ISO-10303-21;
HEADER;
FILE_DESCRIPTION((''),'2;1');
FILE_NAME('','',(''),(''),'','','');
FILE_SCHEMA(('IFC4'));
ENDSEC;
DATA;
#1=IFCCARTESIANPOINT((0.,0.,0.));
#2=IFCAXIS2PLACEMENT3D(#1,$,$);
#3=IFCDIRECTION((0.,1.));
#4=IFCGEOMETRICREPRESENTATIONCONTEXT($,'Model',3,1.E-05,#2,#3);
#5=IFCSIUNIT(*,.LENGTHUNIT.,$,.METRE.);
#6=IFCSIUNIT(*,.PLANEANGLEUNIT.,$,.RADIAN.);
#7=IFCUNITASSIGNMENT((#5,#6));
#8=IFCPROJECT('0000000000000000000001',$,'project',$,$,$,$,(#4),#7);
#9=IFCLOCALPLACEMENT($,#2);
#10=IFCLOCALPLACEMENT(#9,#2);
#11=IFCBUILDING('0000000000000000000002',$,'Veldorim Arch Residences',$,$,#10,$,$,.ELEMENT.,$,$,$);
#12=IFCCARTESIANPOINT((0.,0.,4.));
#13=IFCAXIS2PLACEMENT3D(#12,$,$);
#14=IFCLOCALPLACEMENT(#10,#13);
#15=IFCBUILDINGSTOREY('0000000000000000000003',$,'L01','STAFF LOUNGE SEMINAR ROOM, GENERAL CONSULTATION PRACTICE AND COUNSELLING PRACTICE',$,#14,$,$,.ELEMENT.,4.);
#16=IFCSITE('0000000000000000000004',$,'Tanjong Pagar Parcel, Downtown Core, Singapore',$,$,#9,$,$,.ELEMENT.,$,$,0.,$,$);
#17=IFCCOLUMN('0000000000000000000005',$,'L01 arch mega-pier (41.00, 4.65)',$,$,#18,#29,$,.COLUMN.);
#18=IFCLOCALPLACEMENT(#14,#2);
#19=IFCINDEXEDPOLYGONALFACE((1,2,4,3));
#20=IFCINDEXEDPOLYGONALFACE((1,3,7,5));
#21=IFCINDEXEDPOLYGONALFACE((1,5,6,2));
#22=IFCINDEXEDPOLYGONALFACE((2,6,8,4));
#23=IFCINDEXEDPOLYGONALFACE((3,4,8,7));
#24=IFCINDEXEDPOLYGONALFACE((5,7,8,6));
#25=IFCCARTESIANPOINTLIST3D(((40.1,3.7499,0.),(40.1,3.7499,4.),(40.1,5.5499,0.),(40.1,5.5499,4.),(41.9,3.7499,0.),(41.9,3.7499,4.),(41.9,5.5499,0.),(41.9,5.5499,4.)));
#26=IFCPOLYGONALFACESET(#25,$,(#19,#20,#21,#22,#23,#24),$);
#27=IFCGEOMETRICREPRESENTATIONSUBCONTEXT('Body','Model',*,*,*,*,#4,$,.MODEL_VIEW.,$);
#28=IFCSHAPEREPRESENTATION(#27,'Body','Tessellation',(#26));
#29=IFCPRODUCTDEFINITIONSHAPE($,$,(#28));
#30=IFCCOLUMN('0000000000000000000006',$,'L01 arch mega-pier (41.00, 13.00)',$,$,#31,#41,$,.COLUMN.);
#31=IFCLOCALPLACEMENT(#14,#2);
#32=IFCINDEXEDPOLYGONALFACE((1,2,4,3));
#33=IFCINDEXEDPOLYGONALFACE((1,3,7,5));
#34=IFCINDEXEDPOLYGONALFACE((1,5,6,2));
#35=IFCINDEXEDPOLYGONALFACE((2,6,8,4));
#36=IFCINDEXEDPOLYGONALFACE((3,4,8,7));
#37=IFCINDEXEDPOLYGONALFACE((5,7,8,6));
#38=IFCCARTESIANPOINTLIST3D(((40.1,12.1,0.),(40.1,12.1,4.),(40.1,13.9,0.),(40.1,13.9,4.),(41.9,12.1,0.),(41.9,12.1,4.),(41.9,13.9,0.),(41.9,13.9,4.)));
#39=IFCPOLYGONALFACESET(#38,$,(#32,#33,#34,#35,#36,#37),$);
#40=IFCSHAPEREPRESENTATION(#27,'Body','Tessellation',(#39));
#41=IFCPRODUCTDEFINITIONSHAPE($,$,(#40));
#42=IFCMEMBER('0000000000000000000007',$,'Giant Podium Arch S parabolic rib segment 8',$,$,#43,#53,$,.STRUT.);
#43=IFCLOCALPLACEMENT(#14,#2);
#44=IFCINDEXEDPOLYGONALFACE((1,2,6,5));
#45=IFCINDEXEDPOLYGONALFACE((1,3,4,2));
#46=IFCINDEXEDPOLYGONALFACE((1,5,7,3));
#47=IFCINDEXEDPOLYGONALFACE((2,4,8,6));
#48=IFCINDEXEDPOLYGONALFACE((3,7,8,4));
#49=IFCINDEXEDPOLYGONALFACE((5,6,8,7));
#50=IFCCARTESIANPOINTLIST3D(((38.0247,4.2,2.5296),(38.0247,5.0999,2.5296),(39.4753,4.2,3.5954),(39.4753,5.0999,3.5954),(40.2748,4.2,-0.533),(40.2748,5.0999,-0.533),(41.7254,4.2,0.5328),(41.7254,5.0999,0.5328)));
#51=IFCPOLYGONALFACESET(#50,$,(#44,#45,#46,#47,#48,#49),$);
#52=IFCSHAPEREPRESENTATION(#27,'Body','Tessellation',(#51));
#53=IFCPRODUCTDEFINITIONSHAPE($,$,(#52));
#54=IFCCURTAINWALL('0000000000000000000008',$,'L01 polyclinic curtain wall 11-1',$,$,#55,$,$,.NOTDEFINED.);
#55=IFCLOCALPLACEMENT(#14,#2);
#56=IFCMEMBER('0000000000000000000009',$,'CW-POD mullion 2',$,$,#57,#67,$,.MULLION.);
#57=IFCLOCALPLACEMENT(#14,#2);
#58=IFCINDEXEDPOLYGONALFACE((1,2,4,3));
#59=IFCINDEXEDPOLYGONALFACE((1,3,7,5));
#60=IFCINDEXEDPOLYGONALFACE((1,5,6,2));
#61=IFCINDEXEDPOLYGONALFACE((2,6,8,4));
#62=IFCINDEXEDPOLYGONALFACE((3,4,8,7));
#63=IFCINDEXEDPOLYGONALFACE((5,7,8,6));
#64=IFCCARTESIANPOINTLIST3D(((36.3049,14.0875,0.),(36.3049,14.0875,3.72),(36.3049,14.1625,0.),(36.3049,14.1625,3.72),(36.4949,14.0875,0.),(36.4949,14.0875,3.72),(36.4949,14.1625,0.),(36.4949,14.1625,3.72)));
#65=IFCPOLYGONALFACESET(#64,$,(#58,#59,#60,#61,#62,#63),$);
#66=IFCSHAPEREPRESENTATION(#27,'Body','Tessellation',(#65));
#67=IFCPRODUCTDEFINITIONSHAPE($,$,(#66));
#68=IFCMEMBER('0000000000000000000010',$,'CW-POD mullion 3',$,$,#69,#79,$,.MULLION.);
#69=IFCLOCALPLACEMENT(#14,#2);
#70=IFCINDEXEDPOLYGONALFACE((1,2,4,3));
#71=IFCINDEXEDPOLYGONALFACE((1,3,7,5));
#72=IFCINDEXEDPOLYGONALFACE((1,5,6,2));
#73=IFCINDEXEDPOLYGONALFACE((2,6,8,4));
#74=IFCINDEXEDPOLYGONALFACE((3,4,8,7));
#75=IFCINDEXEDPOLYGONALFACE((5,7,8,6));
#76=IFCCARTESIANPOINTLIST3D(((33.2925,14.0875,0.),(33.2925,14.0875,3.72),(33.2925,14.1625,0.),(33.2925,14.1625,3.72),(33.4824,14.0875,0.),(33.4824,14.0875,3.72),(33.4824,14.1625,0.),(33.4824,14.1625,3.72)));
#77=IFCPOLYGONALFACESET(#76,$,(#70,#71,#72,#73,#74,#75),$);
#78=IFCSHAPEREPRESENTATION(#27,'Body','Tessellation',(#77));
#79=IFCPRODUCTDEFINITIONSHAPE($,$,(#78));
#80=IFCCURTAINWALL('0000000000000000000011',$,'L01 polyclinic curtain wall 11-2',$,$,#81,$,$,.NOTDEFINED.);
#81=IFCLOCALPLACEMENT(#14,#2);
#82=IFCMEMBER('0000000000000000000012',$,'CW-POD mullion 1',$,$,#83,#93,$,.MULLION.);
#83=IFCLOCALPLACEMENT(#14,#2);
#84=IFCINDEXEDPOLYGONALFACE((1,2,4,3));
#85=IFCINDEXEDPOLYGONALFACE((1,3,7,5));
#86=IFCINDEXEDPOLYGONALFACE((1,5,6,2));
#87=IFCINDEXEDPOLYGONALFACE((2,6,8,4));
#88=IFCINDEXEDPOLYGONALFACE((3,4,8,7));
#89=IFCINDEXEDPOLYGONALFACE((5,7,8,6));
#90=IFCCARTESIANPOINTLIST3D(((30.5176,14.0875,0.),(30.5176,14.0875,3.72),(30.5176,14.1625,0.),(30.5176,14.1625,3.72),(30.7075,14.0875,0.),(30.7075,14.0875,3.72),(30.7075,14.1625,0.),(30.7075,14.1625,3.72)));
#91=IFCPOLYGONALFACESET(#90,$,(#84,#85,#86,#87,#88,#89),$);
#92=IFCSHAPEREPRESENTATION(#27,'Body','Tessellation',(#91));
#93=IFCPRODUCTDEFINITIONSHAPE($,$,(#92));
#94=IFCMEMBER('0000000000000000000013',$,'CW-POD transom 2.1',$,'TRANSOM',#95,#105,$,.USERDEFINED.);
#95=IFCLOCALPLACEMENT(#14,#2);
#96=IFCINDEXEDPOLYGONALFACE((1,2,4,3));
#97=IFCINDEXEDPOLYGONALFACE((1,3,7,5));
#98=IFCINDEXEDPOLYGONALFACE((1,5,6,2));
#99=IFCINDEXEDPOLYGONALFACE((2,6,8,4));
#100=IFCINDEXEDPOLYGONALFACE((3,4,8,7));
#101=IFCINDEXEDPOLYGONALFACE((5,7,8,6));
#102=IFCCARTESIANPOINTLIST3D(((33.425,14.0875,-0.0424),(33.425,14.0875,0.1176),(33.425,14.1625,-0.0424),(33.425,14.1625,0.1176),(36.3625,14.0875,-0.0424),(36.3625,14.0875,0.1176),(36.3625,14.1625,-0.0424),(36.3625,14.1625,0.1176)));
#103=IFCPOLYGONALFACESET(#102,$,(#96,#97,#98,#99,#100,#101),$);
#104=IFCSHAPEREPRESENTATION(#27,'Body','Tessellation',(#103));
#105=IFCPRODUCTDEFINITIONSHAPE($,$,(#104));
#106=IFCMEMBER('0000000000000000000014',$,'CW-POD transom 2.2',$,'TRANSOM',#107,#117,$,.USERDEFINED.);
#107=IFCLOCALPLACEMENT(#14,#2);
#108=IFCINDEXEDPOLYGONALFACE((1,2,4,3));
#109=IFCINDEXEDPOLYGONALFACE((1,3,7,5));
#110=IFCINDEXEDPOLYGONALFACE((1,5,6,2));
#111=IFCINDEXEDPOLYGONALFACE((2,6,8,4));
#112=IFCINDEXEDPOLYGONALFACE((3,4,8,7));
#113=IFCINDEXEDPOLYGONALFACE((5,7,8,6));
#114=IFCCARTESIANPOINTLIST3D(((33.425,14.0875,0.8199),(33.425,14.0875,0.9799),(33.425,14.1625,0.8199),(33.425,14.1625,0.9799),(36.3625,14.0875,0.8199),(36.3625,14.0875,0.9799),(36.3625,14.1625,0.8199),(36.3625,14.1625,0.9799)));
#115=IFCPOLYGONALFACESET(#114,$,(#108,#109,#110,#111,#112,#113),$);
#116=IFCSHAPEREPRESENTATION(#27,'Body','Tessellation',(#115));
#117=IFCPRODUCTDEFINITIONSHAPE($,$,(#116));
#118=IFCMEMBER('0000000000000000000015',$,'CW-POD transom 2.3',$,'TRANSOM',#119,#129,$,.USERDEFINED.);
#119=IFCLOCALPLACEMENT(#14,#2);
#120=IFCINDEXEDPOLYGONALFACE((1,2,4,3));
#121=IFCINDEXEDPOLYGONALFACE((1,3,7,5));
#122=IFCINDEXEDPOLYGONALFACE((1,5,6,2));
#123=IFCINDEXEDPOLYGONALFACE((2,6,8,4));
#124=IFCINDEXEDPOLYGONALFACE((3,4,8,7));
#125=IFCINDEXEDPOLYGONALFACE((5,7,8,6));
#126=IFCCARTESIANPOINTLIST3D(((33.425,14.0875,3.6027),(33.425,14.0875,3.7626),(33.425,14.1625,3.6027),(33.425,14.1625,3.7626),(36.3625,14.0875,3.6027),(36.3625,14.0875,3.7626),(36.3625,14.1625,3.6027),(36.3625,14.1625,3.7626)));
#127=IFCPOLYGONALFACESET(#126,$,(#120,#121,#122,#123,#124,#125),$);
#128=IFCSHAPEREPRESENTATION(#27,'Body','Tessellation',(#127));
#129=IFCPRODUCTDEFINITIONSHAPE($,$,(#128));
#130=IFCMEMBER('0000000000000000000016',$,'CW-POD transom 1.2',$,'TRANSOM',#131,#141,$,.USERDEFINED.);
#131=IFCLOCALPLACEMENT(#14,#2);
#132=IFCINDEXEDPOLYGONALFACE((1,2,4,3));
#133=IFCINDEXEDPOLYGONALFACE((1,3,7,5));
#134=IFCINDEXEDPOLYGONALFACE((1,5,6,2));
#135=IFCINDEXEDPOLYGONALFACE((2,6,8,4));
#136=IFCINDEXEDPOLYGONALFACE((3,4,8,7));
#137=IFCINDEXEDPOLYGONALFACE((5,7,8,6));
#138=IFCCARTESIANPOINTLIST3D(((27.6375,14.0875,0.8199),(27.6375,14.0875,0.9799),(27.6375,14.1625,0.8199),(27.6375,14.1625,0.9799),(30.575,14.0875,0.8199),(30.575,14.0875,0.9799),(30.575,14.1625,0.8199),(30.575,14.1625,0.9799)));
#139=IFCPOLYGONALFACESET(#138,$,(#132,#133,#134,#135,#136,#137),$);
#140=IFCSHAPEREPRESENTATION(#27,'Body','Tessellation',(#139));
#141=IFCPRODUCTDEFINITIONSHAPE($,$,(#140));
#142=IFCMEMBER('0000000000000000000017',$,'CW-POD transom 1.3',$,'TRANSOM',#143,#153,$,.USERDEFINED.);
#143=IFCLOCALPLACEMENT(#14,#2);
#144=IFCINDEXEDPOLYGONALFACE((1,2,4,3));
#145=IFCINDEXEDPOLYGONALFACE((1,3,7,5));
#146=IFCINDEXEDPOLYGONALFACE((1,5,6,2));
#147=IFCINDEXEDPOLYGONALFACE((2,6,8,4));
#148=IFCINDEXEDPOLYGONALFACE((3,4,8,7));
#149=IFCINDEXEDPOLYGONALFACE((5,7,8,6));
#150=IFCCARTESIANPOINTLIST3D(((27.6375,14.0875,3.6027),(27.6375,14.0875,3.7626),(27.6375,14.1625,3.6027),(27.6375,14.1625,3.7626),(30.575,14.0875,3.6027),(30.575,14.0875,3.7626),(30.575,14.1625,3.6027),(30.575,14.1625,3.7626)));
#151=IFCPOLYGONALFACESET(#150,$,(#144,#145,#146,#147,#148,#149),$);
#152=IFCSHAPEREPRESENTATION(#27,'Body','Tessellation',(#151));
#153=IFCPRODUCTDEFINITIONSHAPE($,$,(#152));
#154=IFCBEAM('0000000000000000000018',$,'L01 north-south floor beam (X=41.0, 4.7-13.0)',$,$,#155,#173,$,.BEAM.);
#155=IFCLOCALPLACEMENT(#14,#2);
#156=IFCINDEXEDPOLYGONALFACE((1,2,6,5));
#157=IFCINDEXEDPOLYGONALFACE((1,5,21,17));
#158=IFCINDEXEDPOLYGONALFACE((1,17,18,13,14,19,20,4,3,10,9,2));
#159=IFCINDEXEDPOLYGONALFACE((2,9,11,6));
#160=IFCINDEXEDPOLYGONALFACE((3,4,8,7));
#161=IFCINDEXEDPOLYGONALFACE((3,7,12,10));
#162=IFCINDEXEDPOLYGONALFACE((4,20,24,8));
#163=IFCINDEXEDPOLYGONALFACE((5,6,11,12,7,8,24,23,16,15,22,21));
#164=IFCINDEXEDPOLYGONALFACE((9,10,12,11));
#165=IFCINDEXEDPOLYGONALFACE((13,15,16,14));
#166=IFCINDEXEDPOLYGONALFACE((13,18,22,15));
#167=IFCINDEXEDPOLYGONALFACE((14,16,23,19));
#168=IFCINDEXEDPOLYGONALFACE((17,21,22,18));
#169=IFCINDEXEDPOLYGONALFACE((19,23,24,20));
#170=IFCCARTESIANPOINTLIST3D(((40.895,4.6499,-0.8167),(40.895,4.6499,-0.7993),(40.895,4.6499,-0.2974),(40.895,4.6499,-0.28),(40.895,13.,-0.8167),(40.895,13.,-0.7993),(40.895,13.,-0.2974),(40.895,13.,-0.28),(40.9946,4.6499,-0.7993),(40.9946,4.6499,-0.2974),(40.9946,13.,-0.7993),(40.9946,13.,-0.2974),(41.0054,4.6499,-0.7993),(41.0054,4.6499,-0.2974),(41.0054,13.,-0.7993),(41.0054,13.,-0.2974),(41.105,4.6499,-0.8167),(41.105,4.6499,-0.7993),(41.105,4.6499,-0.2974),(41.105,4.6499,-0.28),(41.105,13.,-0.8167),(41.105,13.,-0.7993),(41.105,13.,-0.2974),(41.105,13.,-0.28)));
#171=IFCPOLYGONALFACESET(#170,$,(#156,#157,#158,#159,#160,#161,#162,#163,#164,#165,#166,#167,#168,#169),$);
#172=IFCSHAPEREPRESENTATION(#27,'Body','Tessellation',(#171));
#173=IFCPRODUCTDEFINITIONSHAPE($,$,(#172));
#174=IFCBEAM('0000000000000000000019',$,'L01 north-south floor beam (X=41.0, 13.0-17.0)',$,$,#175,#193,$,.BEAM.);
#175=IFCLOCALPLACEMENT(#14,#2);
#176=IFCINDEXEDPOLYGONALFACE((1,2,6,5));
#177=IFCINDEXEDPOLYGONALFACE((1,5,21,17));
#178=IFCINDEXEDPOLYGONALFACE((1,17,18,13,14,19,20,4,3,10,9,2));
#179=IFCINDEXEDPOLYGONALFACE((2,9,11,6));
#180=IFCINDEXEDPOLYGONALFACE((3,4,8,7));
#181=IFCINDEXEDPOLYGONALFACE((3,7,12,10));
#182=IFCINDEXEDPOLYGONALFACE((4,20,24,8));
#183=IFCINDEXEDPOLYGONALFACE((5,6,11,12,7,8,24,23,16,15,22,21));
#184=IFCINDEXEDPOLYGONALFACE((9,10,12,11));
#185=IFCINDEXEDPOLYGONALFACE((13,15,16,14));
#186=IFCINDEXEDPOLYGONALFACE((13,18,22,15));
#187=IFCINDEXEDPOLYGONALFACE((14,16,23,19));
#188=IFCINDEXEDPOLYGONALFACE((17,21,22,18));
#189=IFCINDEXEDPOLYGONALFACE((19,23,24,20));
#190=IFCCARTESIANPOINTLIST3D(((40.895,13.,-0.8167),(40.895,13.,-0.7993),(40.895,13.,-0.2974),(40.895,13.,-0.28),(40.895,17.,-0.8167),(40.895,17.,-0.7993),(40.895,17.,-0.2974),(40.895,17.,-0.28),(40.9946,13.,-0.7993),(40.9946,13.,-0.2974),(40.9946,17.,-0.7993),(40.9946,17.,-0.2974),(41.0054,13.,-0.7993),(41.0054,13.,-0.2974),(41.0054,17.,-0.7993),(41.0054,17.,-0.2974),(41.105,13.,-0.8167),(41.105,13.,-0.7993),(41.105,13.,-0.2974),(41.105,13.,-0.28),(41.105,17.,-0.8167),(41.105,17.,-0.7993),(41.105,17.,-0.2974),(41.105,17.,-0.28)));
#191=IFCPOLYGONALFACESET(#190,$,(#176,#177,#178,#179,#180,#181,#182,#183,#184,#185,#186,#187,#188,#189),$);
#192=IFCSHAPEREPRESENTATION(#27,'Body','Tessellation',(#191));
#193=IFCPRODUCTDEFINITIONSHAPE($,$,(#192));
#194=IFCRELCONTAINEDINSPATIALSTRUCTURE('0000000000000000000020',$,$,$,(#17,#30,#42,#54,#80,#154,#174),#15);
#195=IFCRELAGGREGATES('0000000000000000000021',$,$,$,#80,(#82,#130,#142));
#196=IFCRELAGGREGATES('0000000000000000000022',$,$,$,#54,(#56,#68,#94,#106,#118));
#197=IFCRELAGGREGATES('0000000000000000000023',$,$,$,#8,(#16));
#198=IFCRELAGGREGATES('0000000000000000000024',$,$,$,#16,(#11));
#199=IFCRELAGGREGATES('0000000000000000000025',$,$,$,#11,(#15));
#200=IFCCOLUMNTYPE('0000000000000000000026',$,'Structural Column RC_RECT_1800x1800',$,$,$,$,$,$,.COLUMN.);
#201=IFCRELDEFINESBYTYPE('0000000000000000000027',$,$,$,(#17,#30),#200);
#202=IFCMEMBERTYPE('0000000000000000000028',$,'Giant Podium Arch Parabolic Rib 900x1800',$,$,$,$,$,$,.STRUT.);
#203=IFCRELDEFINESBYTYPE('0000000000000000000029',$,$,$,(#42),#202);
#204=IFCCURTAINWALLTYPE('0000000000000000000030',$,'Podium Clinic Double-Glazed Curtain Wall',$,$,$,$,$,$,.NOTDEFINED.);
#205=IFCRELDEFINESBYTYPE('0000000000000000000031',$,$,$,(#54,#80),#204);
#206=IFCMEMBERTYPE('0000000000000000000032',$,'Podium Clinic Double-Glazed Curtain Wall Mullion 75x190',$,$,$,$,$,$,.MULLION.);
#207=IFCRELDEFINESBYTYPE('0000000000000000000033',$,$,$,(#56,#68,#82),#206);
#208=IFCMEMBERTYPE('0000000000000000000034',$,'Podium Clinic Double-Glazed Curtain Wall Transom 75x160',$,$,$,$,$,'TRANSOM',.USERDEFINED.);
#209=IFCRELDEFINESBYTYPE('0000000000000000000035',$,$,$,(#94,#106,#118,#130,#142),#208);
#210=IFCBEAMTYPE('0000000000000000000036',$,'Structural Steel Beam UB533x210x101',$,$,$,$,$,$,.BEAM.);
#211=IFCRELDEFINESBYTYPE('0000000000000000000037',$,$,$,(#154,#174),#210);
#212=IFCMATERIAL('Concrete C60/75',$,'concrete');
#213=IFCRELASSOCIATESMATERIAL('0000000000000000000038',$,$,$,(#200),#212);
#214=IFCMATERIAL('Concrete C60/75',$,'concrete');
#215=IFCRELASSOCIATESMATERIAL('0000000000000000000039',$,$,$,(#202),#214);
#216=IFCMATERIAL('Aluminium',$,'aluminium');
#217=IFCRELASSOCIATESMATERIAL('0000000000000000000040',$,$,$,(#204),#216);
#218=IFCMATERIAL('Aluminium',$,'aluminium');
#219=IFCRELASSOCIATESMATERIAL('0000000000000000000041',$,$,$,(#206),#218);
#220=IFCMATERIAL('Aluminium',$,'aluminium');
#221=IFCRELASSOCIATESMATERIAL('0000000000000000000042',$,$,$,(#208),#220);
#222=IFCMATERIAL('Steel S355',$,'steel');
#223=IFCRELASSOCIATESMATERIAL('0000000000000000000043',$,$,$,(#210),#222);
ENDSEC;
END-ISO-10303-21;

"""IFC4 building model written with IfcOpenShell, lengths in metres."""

from ifc_helpers import new_model, si_unit, direction, frame, origin, origin_2d, place, context, subcontext, project, spatial, rectangle, i_section, extrude, material, material_profile, profile_set, type_object, element, aggregate, save


model = new_model("IFC4")

# Units and contexts
model_context = context("Model", 3, precision=1e-05, world=origin(), true_north=direction((0.0, 1.0)))
body_context = subcontext(model_context, "Body", "Model", "MODEL_VIEW")
ifc_project = project(units=[si_unit("LENGTHUNIT", "METRE"), si_unit("PLANEANGLEUNIT", "RADIAN")], contexts=[model_context])

# Site, building, storey
site_placement = place(None, origin())
site = spatial("IfcSite", under=ifc_project, at=site_placement, Name="Tanjong Pagar Parcel, Downtown Core, Singapore", CompositionType="ELEMENT", RefElevation=0.0)
building_placement = place(site_placement, origin())
building = spatial("IfcBuilding", under=site, at=building_placement, Name="Veldorim Arch Residences", CompositionType="ELEMENT")
storey_placement = place(building_placement, frame((0.0, 0.0, 4.0)))
storey = spatial("IfcBuildingStorey", under=building, at=storey_placement, Name="L01", Description="STAFF LOUNGE SEMINAR ROOM, GENERAL CONSULTATION PRACTICE AND COUNSELLING PRACTICE", CompositionType="ELEMENT", Elevation=4.0)

# Columns
ifc_material_1 = material(Name="Concrete C60/75", Category="concrete")
ifc_material_profile_1 = material_profile(ifc_material_1, rectangle(XDim=1.8, YDim=1.8, at=origin_2d()), Name="RC_RECT_1800x1800")
ifc_profile_set_1 = profile_set([ifc_material_profile_1], Name="Concrete C60/75")
column_type = type_object("IfcColumnType", Name="Structural Column RC_RECT_1800x1800", PredefinedType="COLUMN", material=ifc_profile_set_1)
for number, where, z_axis, x_axis, name in (
    (1, (41.0, 4.6499, 0.0), (0.0, 0.0, 1.0), (1.0, 0.0, 0.0), "L01 arch mega-pier (41.00, 4.65)"),
    (2, (41.0, 13.0, 0.0), (0.0, 0.0, 1.0), (1.0, 0.0, 0.0), "L01 arch mega-pier (41.00, 13.00)"),
):
    element("IfcColumn", number, at=place(storey_placement, frame(where, z_axis=z_axis, x_axis=x_axis)), inside=storey, type_object=column_type, Name=name, PredefinedType="COLUMN", context=body_context, shape_type="SweptSolid", body=[
        extrude(rectangle(XDim=1.8, YDim=1.8, at=origin_2d()), origin(), (0.0, 0.0, 1.0), 4.0),
    ])

# Member
ifc_material_2 = material(Name="Concrete C60/75", Category="concrete")
ifc_material_profile_2 = material_profile(ifc_material_2, rectangle(XDim=0.8999, YDim=1.8, at=origin_2d()), Name="RC_RECT_900x1800")
ifc_profile_set_2 = profile_set([ifc_material_profile_2], Name="Concrete C60/75")
member_type_1 = type_object("IfcMemberType", Name="Giant Podium Arch Parabolic Rib 900x1800", PredefinedType="STRUT", material=ifc_profile_set_2)
member_1_placement = place(storey_placement, frame((38.75, 4.6499, 3.0625), z_axis=(0.592076, 0.0, -0.805882), x_axis=(0.0, 1.0, 0.0)))
element("IfcMember", 3, at=member_1_placement, inside=storey, type_object=member_type_1, Name="Giant Podium Arch S parabolic rib segment 8", PredefinedType="STRUT", context=body_context, shape_type="SweptSolid", body=[
    extrude(rectangle(XDim=0.8999, YDim=1.8, at=origin_2d()), origin(), (0.0, 0.0, 1.0), 3.8003),
])

# Curtain wall, members
ifc_material_3 = material(Name="Aluminium", Category="aluminium")
curtain_wall_type = type_object("IfcCurtainWallType", Name="Podium Clinic Double-Glazed Curtain Wall", PredefinedType="NOTDEFINED", material=ifc_material_3)
curtain_wall_1_placement = place(storey_placement, origin())
curtain_wall_1 = element("IfcCurtainWall", 4, at=curtain_wall_1_placement, inside=storey, type_object=curtain_wall_type, Name="L01 polyclinic curtain wall 11-1", PredefinedType="NOTDEFINED")
ifc_material_4 = material(Name="Aluminium", Category="aluminium")
ifc_material_profile_3 = material_profile(ifc_material_4, rectangle(XDim=0.075, YDim=0.1899, at=origin_2d()), Name="ALU_MUL_75x190")
ifc_profile_set_3 = profile_set([ifc_material_profile_3], Name="Aluminium")
member_type_2 = type_object("IfcMemberType", Name="Podium Clinic Double-Glazed Curtain Wall Mullion 75x190", PredefinedType="MULLION", material=ifc_profile_set_3)
member_2_placement = place(storey_placement, frame((36.3999, 14.125, 0.0), z_axis=(0.0, 0.0, 1.0), x_axis=(0.0, -1.0, 0.0)))
member_2 = element("IfcMember", 5, at=member_2_placement, type_object=member_type_2, Name="CW-POD mullion 2", PredefinedType="MULLION", context=body_context, shape_type="SweptSolid", body=[
    extrude(rectangle(XDim=0.075, YDim=0.1899, at=origin_2d()), origin(), (0.0, 0.0, 1.0), 3.72),
])
member_3_placement = place(storey_placement, frame((33.3875, 14.125, 0.0), z_axis=(0.0, 0.0, 1.0), x_axis=(0.0, -1.0, 0.0)))
member_3 = element("IfcMember", 6, at=member_3_placement, type_object=member_type_2, Name="CW-POD mullion 3", PredefinedType="MULLION", context=body_context, shape_type="SweptSolid", body=[
    extrude(rectangle(XDim=0.075, YDim=0.1899, at=origin_2d()), origin(), (0.0, 0.0, 1.0), 3.72),
])

# Curtain wall, member
curtain_wall_2_placement = place(storey_placement, origin())
curtain_wall_2 = element("IfcCurtainWall", 7, at=curtain_wall_2_placement, inside=storey, type_object=curtain_wall_type, Name="L01 polyclinic curtain wall 11-2", PredefinedType="NOTDEFINED")
member_4_placement = place(storey_placement, frame((30.6125, 14.125, 0.0), z_axis=(0.0, 0.0, 1.0), x_axis=(0.0, -1.0, 0.0)))
member_4 = element("IfcMember", 8, at=member_4_placement, type_object=member_type_2, Name="CW-POD mullion 1", PredefinedType="MULLION", context=body_context, shape_type="SweptSolid", body=[
    extrude(rectangle(XDim=0.075, YDim=0.1899, at=origin_2d()), origin(), (0.0, 0.0, 1.0), 3.72),
])

# Members
ifc_material_5 = material(Name="Aluminium", Category="aluminium")
ifc_material_profile_4 = material_profile(ifc_material_5, rectangle(XDim=0.075, YDim=0.1599, at=origin_2d()), Name="ALU_TRN_75x160")
ifc_profile_set_4 = profile_set([ifc_material_profile_4], Name="Aluminium")
member_type_3 = type_object("IfcMemberType", Name="Podium Clinic Double-Glazed Curtain Wall Transom 75x160", ElementType="TRANSOM", PredefinedType="USERDEFINED", material=ifc_profile_set_4)
member_5_placement = place(storey_placement, frame((36.3625, 14.125, 0.0376), z_axis=(-1.0, 0.0, 0.0), x_axis=(0.0, -1.0, 0.0)))
member_5 = element("IfcMember", 9, at=member_5_placement, type_object=member_type_3, Name="CW-POD transom 2.1", ObjectType="TRANSOM", PredefinedType="USERDEFINED", context=body_context, shape_type="SweptSolid", body=[
    extrude(rectangle(XDim=0.075, YDim=0.1599, at=origin_2d()), origin(), (0.0, 0.0, 1.0), 2.9375),
])
member_6_placement = place(storey_placement, frame((36.3625, 14.125, 0.8999), z_axis=(-1.0, 0.0, 0.0), x_axis=(0.0, -1.0, 0.0)))
member_6 = element("IfcMember", 10, at=member_6_placement, type_object=member_type_3, Name="CW-POD transom 2.2", ObjectType="TRANSOM", PredefinedType="USERDEFINED", context=body_context, shape_type="SweptSolid", body=[
    extrude(rectangle(XDim=0.075, YDim=0.1599, at=origin_2d()), origin(), (0.0, 0.0, 1.0), 2.9375),
])
member_7_placement = place(storey_placement, frame((36.3625, 14.125, 3.6826), z_axis=(-1.0, 0.0, 0.0), x_axis=(0.0, -1.0, 0.0)))
member_7 = element("IfcMember", 11, at=member_7_placement, type_object=member_type_3, Name="CW-POD transom 2.3", ObjectType="TRANSOM", PredefinedType="USERDEFINED", context=body_context, shape_type="SweptSolid", body=[
    extrude(rectangle(XDim=0.075, YDim=0.1599, at=origin_2d()), origin(), (0.0, 0.0, 1.0), 2.9375),
])
member_8_placement = place(storey_placement, frame((30.575, 14.125, 0.8999), z_axis=(-1.0, 0.0, 0.0), x_axis=(0.0, -1.0, 0.0)))
member_8 = element("IfcMember", 12, at=member_8_placement, type_object=member_type_3, Name="CW-POD transom 1.2", ObjectType="TRANSOM", PredefinedType="USERDEFINED", context=body_context, shape_type="SweptSolid", body=[
    extrude(rectangle(XDim=0.075, YDim=0.1599, at=origin_2d()), origin(), (0.0, 0.0, 1.0), 2.9375),
])
member_9_placement = place(storey_placement, frame((30.575, 14.125, 3.6826), z_axis=(-1.0, 0.0, 0.0), x_axis=(0.0, -1.0, 0.0)))
member_9 = element("IfcMember", 13, at=member_9_placement, type_object=member_type_3, Name="CW-POD transom 1.3", ObjectType="TRANSOM", PredefinedType="USERDEFINED", context=body_context, shape_type="SweptSolid", body=[
    extrude(rectangle(XDim=0.075, YDim=0.1599, at=origin_2d()), origin(), (0.0, 0.0, 1.0), 2.9375),
])
aggregate(curtain_wall_2, [member_4, member_8, member_9])

# Beams
ifc_material_6 = material(Name="Steel S355", Category="steel")
ifc_material_profile_5 = material_profile(ifc_material_6, i_section(OverallWidth=0.21, OverallDepth=0.5366, WebThickness=0.0107, FlangeThickness=0.0173, at=origin_2d()), Name="UB533x210x101")
ifc_profile_set_5 = profile_set([ifc_material_profile_5], Name="Steel S355")
beam_type_1 = type_object("IfcBeamType", Name="Structural Steel Beam UB533x210x101", PredefinedType="BEAM", material=ifc_profile_set_5)
beam_1_placement = place(storey_placement, frame((41.0, 4.6499, -0.5483), z_axis=(0.0, 1.0, 0.0), x_axis=(-1.0, 0.0, 0.0)))
element("IfcBeam", 14, at=beam_1_placement, inside=storey, type_object=beam_type_1, Name="L01 north-south floor beam (X=41.0, 4.7-13.0)", PredefinedType="BEAM", context=body_context, shape_type="SweptSolid", body=[
    extrude(i_section(OverallWidth=0.21, OverallDepth=0.5366, WebThickness=0.0107, FlangeThickness=0.0173, at=origin_2d()), origin(), (0.0, 0.0, 1.0), 8.3501),
])
beam_2_placement = place(storey_placement, frame((41.0, 13.0, -0.5483), z_axis=(0.0, 1.0, 0.0), x_axis=(-1.0, 0.0, 0.0)))
element("IfcBeam", 15, at=beam_2_placement, inside=storey, type_object=beam_type_1, Name="L01 north-south floor beam (X=41.0, 13.0-17.0)", PredefinedType="BEAM", context=body_context, shape_type="SweptSolid", body=[
    extrude(i_section(OverallWidth=0.21, OverallDepth=0.5366, WebThickness=0.0107, FlangeThickness=0.0173, at=origin_2d()), origin(), (0.0, 0.0, 1.0), 4.0),
])

aggregate(curtain_wall_1, [member_2, member_3, member_5, member_6, member_7])

save(model, "model.ifc")
